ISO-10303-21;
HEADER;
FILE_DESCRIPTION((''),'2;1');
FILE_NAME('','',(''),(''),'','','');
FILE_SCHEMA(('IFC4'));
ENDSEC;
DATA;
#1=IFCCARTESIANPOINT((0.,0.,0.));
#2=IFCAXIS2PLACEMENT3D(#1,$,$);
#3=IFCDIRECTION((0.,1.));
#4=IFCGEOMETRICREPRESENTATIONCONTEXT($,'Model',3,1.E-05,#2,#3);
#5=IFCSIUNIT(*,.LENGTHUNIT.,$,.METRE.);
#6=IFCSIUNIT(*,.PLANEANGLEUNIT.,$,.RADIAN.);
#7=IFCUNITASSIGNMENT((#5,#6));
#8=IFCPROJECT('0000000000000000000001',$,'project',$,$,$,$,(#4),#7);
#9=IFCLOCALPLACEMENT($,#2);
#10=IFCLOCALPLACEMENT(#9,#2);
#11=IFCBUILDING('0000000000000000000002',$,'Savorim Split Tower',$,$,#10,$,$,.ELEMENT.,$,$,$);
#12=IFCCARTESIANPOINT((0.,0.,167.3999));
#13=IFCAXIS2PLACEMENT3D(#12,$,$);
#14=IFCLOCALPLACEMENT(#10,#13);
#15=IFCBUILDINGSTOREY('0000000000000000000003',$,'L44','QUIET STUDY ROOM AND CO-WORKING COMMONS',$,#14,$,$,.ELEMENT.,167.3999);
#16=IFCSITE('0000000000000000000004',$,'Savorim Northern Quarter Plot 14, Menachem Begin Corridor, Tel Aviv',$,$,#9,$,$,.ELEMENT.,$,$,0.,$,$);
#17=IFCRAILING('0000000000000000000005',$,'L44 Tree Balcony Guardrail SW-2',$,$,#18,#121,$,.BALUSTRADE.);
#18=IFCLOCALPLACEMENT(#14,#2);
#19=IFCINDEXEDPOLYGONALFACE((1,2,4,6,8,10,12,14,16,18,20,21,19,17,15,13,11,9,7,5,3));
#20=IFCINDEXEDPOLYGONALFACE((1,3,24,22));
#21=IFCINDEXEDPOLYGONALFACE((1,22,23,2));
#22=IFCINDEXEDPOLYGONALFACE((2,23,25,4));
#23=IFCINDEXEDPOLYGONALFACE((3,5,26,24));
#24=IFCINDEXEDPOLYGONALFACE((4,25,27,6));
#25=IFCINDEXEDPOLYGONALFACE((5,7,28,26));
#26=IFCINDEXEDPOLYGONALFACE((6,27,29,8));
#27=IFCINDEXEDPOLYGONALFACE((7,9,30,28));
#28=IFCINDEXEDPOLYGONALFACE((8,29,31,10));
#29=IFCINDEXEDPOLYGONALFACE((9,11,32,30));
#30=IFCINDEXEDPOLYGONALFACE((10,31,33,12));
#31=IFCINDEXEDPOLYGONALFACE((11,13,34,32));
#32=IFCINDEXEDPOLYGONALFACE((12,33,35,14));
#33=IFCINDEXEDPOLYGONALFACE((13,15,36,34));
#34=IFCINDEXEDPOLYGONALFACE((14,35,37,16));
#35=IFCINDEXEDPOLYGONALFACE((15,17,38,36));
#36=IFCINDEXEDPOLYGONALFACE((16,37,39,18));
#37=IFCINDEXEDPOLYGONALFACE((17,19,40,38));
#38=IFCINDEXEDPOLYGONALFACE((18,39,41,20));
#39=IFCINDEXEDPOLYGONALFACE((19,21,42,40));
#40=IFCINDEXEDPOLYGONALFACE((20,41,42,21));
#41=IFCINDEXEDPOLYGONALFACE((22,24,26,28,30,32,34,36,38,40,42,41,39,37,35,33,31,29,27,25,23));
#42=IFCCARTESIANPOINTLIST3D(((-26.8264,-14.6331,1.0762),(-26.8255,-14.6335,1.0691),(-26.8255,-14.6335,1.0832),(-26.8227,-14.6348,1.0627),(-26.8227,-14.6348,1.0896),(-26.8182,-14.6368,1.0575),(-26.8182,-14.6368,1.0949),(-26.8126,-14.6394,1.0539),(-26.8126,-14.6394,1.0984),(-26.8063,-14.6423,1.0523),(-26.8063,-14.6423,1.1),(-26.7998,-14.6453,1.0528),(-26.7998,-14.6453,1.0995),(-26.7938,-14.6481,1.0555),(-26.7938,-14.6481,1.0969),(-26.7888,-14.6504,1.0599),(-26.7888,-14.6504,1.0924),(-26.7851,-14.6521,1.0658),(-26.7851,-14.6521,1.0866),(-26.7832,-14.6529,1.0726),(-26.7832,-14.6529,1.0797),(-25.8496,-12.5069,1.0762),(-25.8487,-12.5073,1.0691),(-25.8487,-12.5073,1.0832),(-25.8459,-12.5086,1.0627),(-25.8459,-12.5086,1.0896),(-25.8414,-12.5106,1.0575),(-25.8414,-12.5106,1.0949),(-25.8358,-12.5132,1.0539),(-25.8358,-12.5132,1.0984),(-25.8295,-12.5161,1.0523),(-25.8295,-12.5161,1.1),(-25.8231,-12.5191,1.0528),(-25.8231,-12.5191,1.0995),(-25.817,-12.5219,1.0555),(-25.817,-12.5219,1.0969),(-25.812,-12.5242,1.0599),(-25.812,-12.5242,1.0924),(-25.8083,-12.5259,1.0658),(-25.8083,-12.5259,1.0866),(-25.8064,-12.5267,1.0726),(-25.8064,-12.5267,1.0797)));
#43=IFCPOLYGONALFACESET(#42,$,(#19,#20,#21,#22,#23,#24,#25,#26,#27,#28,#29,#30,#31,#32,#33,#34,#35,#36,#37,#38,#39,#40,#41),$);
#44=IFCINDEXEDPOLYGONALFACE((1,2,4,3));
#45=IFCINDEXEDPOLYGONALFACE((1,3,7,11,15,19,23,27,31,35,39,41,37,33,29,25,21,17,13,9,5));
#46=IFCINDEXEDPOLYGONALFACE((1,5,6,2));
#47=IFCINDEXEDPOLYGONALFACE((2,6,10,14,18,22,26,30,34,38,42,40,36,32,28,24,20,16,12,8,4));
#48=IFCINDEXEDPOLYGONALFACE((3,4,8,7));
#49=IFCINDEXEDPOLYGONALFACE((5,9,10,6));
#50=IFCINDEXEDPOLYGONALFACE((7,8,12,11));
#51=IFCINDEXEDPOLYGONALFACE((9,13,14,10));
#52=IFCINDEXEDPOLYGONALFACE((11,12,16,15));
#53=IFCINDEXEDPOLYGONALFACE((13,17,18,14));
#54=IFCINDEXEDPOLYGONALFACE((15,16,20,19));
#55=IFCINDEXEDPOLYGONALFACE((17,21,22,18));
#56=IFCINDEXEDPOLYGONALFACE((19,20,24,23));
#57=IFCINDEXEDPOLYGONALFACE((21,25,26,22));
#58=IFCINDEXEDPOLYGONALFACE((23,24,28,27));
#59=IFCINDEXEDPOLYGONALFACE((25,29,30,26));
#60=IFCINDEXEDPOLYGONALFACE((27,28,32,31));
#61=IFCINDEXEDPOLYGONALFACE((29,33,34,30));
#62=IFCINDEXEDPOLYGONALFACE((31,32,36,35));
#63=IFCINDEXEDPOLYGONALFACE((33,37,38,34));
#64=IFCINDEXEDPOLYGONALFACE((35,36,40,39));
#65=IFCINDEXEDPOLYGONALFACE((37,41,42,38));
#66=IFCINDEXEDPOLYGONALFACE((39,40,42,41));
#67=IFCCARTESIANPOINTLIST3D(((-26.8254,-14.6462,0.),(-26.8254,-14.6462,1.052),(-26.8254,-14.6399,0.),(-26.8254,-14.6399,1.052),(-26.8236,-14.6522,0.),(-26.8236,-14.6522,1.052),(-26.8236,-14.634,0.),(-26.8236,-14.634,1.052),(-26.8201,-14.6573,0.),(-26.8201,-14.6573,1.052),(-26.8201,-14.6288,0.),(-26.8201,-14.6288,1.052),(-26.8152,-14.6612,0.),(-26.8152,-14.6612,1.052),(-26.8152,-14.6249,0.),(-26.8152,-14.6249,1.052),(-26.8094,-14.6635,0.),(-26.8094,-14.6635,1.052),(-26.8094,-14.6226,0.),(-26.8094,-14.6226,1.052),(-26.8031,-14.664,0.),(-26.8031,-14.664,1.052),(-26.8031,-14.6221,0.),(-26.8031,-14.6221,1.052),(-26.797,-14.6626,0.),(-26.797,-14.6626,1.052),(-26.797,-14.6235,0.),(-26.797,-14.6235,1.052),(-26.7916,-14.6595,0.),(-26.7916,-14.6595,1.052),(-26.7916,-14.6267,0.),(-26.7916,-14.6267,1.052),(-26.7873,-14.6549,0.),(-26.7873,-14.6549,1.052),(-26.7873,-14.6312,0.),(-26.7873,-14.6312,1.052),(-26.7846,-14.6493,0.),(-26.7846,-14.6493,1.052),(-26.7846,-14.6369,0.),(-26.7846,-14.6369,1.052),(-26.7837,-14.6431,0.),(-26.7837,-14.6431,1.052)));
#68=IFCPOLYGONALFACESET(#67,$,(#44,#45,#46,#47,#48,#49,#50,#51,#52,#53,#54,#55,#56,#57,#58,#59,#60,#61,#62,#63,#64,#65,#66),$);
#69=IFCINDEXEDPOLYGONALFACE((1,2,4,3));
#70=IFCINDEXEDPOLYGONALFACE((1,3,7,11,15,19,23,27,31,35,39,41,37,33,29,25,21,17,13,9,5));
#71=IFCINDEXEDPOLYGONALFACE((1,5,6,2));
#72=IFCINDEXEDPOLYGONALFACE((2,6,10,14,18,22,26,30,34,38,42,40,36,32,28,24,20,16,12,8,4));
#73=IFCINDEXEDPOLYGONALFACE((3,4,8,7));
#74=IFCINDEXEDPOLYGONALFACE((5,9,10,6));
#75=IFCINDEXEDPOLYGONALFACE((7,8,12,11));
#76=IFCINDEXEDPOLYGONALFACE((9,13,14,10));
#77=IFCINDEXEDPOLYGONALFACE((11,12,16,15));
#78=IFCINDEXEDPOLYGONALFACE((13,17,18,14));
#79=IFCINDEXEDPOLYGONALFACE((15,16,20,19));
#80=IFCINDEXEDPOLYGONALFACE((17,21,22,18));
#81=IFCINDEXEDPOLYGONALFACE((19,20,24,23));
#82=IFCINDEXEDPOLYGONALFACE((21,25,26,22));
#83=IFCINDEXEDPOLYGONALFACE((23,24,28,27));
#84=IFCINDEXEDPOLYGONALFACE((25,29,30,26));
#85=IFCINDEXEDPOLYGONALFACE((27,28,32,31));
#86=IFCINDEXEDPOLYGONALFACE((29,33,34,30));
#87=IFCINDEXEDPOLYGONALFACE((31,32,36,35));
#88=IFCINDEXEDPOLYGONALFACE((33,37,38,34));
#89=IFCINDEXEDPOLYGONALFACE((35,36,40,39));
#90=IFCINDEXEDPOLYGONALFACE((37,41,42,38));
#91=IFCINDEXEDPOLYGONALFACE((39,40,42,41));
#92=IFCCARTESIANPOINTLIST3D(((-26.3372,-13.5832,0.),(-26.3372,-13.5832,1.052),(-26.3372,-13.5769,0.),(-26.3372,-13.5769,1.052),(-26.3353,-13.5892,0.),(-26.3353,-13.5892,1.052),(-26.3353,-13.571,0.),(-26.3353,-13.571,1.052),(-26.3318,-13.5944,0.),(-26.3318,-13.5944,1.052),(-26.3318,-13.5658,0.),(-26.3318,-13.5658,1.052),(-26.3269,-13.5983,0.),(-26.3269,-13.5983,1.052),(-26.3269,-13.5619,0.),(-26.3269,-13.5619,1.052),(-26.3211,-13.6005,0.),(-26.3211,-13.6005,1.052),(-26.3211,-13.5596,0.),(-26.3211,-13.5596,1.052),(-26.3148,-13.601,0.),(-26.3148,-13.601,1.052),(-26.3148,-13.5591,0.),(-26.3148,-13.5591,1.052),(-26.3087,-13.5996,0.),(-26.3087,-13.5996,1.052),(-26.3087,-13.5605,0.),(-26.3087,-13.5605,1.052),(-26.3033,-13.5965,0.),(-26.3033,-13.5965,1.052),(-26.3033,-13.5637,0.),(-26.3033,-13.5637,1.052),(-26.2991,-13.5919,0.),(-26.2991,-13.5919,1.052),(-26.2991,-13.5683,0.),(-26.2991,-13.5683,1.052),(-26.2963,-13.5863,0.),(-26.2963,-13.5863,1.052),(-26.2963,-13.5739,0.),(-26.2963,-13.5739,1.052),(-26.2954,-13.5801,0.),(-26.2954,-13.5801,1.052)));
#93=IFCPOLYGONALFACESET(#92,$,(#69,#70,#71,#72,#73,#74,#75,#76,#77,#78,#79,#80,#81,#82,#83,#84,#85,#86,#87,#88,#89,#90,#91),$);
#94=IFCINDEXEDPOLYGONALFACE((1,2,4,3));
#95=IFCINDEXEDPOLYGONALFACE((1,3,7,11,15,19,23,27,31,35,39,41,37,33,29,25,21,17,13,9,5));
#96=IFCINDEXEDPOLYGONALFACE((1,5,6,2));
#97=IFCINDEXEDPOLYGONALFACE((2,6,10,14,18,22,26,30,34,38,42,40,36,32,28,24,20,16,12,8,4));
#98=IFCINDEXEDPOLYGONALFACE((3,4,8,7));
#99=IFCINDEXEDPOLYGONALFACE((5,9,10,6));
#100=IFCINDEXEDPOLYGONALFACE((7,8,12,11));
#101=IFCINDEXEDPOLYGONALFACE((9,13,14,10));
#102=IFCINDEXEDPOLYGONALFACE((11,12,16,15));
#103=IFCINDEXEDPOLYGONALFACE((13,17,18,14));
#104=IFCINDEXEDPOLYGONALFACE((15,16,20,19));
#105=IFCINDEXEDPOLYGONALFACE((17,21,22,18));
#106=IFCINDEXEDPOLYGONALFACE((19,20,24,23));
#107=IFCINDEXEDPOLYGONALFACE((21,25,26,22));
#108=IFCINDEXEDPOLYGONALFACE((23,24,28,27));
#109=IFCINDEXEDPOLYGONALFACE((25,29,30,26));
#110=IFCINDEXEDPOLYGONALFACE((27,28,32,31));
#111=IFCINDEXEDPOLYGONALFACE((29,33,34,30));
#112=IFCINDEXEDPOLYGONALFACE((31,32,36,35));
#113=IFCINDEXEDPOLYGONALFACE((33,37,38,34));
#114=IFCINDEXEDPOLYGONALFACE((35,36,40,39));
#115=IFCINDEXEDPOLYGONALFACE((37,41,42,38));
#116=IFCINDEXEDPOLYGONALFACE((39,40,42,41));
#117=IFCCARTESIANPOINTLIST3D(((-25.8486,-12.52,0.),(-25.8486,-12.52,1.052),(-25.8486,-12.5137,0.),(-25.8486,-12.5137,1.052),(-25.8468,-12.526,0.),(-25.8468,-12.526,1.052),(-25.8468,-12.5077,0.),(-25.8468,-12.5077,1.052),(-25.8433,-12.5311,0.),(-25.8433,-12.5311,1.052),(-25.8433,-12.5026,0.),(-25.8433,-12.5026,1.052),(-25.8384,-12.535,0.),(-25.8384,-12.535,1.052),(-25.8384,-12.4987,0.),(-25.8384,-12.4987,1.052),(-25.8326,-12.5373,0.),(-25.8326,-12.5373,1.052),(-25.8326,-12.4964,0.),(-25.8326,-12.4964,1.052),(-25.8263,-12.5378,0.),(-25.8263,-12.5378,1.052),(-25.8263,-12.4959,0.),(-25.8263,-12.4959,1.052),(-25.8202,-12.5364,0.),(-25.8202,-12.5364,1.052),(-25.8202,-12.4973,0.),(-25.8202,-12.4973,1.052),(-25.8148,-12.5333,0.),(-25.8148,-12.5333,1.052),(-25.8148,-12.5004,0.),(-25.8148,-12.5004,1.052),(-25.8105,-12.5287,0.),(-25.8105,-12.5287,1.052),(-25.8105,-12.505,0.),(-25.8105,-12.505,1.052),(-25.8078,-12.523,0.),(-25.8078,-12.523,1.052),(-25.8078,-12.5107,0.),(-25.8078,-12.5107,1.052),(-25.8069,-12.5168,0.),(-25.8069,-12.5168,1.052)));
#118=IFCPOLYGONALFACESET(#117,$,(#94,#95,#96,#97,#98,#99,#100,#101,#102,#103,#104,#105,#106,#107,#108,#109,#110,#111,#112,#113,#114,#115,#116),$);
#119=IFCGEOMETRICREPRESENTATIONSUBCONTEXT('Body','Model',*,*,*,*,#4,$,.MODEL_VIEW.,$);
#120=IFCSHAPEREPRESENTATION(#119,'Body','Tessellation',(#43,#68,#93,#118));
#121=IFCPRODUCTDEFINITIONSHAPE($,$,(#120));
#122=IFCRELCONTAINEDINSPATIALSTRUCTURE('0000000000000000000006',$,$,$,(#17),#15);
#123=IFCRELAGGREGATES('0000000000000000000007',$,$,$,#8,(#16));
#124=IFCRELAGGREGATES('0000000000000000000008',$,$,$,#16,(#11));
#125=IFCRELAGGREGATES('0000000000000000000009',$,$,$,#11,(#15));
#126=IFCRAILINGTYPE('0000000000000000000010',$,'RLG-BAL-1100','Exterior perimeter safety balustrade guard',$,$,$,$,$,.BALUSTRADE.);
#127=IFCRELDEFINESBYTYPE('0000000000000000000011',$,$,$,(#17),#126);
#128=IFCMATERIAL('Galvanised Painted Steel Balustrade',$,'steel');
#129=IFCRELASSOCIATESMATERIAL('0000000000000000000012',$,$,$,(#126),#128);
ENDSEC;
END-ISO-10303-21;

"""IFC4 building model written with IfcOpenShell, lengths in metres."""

from ifc_helpers import new_model, si_unit, direction, frame, origin, origin_2d, place, context, subcontext, project, spatial, circle, extrude, material, type_object, element, save


model = new_model("IFC4")

# Units and contexts
model_context = context("Model", 3, precision=1e-05, world=origin(), true_north=direction((0.0, 1.0)))
body_context = subcontext(model_context, "Body", "Model", "MODEL_VIEW")
ifc_project = project(units=[si_unit("LENGTHUNIT", "METRE"), si_unit("PLANEANGLEUNIT", "RADIAN")], contexts=[model_context])

# Site, building, storey
site_placement = place(None, origin())
site = spatial("IfcSite", under=ifc_project, at=site_placement, Name="Savorim Northern Quarter Plot 14, Menachem Begin Corridor, Tel Aviv", CompositionType="ELEMENT", RefElevation=0.0)
building_placement = place(site_placement, origin())
building = spatial("IfcBuilding", under=site, at=building_placement, Name="Savorim Split Tower", CompositionType="ELEMENT")
storey_placement = place(building_placement, frame((0.0, 0.0, 167.3999)))
storey = spatial("IfcBuildingStorey", under=building, at=storey_placement, Name="L44", Description="QUIET STUDY ROOM AND CO-WORKING COMMONS", CompositionType="ELEMENT", Elevation=167.3999)

# Railing
ifc_material_1 = material(Name="Galvanised Painted Steel Balustrade", Category="steel")
railing_type = type_object("IfcRailingType", Name="RLG-BAL-1100", Description="Exterior perimeter safety balustrade guard", PredefinedType="BALUSTRADE", material=ifc_material_1)
railing_1_placement = place(storey_placement, frame((-26.8047, -14.6431, 0.0)))
element("IfcRailing", 1, at=railing_1_placement, inside=storey, type_object=railing_type, Name="L44 Tree Balcony Guardrail SW-2", PredefinedType="BALUSTRADE", context=body_context, shape_type="SweptSolid", body=[
    extrude(circle(Radius=0.0239, at=origin_2d()), frame((0.0, 0.0, 1.0762), z_axis=(0.417463, 0.908694, 0.0), x_axis=(-0.908694, 0.417463, 0.0)), (0.0, 0.0, 1.0), 2.3398),
    extrude(circle(Radius=0.021, at=origin_2d()), origin(), (0.0, 0.0, 1.0), 1.052),
    extrude(circle(Radius=0.021, at=origin_2d()), frame((0.4883, 1.063, 0.0)), (0.0, 0.0, 1.0), 1.052),
    extrude(circle(Radius=0.021, at=origin_2d()), frame((0.9768, 2.1262, 0.0)), (0.0, 0.0, 1.0), 1.052),
])

save(model, "model.ifc")
